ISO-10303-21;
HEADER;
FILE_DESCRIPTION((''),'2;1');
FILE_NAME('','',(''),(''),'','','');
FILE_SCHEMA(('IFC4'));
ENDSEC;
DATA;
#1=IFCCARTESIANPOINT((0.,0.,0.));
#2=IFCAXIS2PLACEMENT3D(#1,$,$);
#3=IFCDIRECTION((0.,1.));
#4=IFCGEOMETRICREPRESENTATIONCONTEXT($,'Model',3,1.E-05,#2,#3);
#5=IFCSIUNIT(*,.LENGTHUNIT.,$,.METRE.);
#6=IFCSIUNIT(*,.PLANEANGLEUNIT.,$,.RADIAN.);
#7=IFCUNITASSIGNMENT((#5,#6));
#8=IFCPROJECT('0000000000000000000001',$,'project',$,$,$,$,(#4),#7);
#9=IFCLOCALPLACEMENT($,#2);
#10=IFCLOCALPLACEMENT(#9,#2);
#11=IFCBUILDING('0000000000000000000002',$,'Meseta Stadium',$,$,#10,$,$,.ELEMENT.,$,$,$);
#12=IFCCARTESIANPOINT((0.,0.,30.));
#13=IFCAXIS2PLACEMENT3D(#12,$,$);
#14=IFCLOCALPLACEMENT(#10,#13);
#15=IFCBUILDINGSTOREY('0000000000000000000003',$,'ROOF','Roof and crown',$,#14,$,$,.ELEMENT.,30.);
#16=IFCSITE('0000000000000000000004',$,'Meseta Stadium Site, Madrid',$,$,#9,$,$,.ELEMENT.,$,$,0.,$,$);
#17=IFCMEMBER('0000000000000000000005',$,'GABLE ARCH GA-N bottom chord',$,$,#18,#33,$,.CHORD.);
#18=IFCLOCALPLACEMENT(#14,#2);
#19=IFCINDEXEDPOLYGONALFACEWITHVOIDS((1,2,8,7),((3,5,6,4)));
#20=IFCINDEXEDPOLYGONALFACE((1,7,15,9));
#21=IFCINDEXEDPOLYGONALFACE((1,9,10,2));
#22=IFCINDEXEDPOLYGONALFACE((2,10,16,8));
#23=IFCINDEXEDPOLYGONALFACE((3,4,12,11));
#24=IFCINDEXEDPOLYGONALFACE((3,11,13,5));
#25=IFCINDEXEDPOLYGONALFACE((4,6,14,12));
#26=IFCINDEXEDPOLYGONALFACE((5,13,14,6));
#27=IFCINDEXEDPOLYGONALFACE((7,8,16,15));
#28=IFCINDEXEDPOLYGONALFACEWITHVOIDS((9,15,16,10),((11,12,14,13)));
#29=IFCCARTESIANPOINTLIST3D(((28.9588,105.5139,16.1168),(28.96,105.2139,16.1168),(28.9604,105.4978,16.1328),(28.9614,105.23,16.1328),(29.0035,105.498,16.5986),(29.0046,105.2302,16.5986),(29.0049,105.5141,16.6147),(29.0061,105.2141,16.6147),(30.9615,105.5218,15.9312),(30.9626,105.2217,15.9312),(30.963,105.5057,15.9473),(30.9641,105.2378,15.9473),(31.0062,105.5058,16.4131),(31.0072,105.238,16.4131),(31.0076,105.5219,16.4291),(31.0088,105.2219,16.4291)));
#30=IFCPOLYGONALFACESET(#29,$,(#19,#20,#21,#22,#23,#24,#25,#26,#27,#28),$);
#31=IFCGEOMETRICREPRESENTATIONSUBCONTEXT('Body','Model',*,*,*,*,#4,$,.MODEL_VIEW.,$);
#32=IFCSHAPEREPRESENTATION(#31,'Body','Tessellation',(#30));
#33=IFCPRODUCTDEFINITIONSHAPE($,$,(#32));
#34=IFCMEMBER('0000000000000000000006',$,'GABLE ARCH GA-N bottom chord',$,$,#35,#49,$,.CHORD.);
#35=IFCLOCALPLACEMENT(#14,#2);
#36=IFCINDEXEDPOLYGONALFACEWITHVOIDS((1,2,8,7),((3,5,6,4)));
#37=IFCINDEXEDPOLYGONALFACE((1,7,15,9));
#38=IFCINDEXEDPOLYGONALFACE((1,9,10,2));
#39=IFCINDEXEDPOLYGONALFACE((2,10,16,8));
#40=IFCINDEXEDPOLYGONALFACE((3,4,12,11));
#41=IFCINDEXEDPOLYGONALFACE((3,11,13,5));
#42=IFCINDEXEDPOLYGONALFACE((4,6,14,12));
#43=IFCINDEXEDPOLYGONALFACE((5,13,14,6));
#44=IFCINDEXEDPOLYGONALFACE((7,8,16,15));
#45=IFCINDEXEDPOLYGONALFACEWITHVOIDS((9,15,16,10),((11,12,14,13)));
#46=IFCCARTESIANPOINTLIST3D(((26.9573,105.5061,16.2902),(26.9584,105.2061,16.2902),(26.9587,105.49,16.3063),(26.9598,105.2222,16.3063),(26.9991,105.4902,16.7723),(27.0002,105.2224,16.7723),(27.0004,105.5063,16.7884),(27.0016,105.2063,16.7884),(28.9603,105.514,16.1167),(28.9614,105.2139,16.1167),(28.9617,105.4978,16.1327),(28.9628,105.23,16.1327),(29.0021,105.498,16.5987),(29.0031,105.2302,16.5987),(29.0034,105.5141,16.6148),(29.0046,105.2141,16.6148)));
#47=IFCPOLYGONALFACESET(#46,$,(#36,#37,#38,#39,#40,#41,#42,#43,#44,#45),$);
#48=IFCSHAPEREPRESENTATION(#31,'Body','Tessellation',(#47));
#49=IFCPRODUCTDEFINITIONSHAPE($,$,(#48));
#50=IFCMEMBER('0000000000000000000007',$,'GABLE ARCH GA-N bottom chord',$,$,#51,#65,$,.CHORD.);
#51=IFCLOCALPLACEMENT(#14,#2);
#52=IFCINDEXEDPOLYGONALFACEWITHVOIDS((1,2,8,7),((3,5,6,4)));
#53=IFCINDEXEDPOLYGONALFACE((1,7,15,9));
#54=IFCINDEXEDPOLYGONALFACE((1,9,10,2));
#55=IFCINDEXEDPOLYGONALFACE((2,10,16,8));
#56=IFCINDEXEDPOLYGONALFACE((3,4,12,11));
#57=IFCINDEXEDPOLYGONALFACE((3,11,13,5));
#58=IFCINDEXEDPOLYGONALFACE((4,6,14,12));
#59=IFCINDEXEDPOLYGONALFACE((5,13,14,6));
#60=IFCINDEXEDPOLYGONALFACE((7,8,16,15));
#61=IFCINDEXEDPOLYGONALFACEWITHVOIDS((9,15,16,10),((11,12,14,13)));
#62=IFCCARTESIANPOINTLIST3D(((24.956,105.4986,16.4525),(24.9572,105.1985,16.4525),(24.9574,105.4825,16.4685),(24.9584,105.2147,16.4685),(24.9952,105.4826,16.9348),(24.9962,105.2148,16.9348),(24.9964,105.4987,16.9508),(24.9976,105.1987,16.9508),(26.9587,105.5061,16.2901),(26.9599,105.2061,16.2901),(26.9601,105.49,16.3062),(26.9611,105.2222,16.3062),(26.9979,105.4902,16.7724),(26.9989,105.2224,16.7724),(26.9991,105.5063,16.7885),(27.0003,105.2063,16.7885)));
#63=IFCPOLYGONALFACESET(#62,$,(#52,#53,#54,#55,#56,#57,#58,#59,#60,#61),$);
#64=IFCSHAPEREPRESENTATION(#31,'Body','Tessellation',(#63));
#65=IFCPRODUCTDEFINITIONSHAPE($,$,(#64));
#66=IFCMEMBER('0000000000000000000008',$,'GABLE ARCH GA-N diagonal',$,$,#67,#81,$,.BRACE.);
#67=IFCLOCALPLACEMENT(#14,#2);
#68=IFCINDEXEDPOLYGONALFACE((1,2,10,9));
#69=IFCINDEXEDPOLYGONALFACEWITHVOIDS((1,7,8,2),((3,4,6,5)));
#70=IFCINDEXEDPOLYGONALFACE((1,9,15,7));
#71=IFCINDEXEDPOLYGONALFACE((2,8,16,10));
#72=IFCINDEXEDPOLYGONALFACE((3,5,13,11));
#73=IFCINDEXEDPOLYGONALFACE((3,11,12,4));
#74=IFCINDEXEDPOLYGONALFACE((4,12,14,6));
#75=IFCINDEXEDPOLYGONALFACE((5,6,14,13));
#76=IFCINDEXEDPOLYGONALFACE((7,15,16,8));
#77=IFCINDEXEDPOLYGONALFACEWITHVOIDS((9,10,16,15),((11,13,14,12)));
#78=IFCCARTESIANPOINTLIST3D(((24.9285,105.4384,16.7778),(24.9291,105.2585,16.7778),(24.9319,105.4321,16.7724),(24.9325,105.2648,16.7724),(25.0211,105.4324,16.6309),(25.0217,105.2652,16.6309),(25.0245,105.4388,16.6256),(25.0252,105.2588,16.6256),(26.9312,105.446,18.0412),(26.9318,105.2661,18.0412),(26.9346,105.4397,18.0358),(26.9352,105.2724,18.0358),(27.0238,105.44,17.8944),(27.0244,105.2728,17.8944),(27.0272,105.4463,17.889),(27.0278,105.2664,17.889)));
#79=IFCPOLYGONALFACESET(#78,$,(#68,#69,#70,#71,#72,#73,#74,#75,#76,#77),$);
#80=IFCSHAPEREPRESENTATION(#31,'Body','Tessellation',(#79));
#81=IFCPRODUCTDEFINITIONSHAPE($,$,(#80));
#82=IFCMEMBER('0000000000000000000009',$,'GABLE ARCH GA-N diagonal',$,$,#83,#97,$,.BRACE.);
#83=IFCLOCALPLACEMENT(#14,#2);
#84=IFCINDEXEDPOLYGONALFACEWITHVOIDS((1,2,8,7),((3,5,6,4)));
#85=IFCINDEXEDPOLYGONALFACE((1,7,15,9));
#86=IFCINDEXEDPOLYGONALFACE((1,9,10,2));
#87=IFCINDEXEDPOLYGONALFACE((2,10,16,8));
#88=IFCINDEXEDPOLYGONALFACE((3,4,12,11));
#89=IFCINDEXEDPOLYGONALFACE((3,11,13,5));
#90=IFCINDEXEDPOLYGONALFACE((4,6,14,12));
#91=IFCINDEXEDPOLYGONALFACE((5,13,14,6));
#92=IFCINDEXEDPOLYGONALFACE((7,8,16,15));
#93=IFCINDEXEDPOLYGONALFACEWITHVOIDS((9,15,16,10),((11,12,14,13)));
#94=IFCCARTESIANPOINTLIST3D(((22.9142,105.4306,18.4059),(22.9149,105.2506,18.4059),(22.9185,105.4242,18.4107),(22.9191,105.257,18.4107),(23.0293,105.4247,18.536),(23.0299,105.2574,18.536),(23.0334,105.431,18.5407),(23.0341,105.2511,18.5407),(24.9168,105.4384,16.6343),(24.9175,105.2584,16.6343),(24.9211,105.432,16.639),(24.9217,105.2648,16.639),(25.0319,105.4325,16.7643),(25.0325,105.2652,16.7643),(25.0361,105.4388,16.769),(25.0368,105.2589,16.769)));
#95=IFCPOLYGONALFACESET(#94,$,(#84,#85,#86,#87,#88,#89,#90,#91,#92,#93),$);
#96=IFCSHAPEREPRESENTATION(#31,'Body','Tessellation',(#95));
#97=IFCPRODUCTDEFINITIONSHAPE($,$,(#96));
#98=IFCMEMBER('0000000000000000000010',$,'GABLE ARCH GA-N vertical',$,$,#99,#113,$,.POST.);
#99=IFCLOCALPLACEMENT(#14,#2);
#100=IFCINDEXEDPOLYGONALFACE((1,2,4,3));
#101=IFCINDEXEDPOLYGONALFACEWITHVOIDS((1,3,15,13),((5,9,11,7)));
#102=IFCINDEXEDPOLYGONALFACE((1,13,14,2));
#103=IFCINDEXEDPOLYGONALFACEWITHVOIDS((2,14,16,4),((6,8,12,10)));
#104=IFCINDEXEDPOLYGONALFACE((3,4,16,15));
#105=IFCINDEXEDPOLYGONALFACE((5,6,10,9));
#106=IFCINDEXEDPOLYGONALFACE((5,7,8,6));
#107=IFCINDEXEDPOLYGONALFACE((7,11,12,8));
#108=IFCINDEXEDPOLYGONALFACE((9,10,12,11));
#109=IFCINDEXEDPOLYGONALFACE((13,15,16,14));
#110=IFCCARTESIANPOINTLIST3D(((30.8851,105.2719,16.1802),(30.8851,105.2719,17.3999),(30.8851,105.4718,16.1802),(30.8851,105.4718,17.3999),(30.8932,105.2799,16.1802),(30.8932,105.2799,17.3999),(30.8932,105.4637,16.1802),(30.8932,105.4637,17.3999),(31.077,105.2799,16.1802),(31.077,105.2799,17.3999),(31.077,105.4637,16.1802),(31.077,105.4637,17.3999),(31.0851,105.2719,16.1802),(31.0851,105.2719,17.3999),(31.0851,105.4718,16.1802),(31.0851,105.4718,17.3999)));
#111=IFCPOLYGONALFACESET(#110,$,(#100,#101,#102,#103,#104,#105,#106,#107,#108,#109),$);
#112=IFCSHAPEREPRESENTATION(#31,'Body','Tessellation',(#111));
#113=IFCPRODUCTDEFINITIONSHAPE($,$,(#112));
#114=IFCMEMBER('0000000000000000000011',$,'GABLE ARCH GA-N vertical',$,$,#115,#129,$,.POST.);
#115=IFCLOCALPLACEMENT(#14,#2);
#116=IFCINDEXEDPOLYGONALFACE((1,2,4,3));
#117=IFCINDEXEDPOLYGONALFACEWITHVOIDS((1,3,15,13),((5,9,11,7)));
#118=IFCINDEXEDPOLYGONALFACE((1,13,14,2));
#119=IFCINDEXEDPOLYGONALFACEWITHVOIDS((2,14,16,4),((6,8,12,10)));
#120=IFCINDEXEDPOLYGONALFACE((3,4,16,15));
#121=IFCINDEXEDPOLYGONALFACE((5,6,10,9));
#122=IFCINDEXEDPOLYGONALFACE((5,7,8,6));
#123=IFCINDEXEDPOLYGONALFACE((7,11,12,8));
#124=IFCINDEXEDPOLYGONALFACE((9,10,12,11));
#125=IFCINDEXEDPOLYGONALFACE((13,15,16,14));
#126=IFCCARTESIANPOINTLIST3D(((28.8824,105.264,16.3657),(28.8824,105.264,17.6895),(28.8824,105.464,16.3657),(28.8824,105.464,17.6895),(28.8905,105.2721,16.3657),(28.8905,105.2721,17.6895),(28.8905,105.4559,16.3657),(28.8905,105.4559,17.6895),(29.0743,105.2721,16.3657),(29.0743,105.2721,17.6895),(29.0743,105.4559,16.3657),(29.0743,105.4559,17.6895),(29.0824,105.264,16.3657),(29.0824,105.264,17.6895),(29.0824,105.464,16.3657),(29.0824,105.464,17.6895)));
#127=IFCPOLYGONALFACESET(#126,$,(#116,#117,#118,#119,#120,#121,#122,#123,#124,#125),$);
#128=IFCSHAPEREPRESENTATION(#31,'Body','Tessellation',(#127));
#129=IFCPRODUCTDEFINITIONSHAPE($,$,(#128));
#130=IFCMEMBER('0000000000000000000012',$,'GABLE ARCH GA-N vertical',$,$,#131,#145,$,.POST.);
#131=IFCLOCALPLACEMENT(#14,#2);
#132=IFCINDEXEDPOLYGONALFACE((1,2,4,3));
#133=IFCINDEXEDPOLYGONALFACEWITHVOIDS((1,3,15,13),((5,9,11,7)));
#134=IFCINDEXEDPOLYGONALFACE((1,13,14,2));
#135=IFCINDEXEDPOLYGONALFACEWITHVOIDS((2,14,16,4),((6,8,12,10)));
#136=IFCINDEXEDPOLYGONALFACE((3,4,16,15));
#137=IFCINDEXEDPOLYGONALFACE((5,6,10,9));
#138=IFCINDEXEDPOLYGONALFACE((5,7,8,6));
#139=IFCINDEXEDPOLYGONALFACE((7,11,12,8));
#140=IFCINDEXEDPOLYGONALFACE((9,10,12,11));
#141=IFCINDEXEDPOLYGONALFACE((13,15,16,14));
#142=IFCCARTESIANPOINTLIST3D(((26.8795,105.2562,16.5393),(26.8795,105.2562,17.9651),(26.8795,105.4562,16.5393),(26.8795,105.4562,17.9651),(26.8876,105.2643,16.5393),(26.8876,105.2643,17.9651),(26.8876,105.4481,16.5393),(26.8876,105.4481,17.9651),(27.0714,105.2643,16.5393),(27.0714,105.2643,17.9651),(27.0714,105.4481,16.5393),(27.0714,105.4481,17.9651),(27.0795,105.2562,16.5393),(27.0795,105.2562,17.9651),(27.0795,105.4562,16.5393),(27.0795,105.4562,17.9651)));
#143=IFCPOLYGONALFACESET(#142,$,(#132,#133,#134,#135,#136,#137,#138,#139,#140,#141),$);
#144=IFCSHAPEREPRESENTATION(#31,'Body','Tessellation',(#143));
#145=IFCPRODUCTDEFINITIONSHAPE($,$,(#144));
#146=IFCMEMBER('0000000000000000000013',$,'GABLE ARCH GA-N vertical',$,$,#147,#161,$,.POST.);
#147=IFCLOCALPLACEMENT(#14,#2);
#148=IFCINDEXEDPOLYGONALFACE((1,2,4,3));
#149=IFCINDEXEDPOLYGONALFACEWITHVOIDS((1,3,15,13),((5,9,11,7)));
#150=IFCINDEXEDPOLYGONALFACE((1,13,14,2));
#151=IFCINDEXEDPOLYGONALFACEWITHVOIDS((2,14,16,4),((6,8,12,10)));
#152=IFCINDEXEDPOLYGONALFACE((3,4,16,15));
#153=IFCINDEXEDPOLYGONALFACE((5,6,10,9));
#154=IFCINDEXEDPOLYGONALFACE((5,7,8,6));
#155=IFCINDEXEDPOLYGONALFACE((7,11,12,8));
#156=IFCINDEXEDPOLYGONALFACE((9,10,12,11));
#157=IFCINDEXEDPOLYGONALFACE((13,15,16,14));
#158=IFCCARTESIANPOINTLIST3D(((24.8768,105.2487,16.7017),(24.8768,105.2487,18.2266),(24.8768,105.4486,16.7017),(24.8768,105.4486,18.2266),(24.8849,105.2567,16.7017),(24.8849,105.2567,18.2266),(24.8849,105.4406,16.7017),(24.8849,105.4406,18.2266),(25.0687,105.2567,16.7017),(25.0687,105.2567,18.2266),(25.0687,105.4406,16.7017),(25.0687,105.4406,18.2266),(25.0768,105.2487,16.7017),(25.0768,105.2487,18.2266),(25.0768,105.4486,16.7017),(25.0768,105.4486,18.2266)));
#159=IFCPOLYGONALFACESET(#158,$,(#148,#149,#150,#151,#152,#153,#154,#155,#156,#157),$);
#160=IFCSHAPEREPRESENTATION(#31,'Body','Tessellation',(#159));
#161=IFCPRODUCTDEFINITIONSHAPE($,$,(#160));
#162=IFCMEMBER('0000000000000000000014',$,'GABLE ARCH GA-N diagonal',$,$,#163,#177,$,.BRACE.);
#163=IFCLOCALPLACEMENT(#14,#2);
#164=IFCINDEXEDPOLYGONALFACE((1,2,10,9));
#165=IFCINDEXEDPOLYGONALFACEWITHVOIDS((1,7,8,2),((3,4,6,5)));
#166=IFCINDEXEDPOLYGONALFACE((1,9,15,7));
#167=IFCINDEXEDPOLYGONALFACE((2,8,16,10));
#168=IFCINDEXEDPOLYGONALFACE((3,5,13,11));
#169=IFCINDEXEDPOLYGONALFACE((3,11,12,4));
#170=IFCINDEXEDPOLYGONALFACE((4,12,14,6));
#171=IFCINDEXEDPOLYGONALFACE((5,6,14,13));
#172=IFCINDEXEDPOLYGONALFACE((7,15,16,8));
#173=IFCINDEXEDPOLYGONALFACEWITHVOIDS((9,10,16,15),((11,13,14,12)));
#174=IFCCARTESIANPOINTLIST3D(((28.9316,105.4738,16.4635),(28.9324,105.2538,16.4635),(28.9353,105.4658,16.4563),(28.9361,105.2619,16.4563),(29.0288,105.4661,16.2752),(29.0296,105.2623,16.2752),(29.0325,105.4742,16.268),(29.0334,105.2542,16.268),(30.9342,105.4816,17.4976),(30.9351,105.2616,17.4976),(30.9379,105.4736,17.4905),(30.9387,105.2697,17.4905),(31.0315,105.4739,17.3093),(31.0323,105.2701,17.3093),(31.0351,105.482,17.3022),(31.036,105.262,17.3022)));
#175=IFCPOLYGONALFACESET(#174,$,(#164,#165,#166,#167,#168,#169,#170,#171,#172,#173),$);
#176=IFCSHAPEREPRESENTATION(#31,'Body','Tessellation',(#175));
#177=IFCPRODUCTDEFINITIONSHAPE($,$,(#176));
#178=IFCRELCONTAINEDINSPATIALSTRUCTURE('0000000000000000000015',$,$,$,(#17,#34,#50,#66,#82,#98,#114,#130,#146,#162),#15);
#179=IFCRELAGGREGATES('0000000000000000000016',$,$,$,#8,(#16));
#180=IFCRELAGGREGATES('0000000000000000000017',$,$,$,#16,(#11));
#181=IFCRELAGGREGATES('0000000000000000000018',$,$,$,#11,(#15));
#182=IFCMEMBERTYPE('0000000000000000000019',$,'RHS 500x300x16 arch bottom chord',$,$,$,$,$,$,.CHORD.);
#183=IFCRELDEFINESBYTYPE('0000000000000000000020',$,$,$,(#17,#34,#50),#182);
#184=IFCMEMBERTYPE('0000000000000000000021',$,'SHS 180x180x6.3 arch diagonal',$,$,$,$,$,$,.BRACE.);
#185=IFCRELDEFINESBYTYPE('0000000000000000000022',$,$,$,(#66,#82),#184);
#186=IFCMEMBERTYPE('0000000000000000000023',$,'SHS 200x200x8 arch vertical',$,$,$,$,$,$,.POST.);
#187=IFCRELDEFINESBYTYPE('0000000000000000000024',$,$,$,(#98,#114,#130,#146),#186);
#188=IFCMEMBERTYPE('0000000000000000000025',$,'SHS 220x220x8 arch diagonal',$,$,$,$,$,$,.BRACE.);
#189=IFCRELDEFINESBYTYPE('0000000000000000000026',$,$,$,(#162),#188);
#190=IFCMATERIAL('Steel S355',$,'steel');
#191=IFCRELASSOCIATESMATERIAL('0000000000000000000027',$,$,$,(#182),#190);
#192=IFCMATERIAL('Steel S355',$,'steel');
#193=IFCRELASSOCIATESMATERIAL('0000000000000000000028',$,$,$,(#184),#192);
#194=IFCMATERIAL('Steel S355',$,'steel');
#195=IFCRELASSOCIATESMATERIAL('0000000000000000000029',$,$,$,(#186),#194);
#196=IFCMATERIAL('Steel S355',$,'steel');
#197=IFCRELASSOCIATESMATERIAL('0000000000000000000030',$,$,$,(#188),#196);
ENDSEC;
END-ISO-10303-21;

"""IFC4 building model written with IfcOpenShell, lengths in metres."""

from ifc_helpers import new_model, si_unit, direction, frame, origin, origin_2d, place, context, subcontext, project, spatial, hollow_rectangle, extrude, material, material_profile, profile_set, type_object, element, save


model = new_model("IFC4")

# Units and contexts
model_context = context("Model", 3, precision=1e-05, world=origin(), true_north=direction((0.0, 1.0)))
body_context = subcontext(model_context, "Body", "Model", "MODEL_VIEW")
ifc_project = project(units=[si_unit("LENGTHUNIT", "METRE"), si_unit("PLANEANGLEUNIT", "RADIAN")], contexts=[model_context])

# Site, building, storey
site_placement = place(None, origin())
site = spatial("IfcSite", under=ifc_project, at=site_placement, Name="Meseta Stadium Site, Madrid", CompositionType="ELEMENT", RefElevation=0.0)
building_placement = place(site_placement, origin())
building = spatial("IfcBuilding", under=site, at=building_placement, Name="Meseta Stadium", CompositionType="ELEMENT")
storey_placement = place(building_placement, frame((0.0, 0.0, 30.0)))
storey = spatial("IfcBuildingStorey", under=building, at=storey_placement, Name="ROOF", Description="Roof and crown", CompositionType="ELEMENT", Elevation=30.0)

# Members
ifc_material_1 = material(Name="Steel S355", Category="steel")
ifc_material_profile_1 = material_profile(ifc_material_1, hollow_rectangle(XDim=0.3, YDim=0.5, WallThickness=0.0161, at=origin_2d()), Name="RHS 500x300x16")
ifc_profile_set_1 = profile_set([ifc_material_profile_1], Name="Steel S355")
member_type_1 = type_object("IfcMemberType", Name="RHS 500x300x16 arch bottom chord", PredefinedType="CHORD", material=ifc_profile_set_1)
member_1_placement = place(storey_placement, frame((30.9851, 105.3718, 16.1802), z_axis=(-0.995728, -0.003884, 0.092253), x_axis=(0.003901, -0.999992, 0.0)))
element("IfcMember", 1, at=member_1_placement, inside=storey, type_object=member_type_1, Name="GABLE ARCH GA-N bottom chord", PredefinedType="CHORD", context=body_context, shape_type="SweptSolid", body=[
    extrude(hollow_rectangle(XDim=0.3, YDim=0.5, WallThickness=0.0161, at=origin_2d()), origin(), (0.0, 0.0, 1.0), 2.0112),
])
member_2_placement = place(storey_placement, frame((28.9824, 105.364, 16.3657), z_axis=(-0.996258, -0.003886, 0.086341), x_axis=(0.003901, -0.999992, 0.0)))
element("IfcMember", 2, at=member_2_placement, inside=storey, type_object=member_type_1, Name="GABLE ARCH GA-N bottom chord", PredefinedType="CHORD", context=body_context, shape_type="SweptSolid", body=[
    extrude(hollow_rectangle(XDim=0.3, YDim=0.5, WallThickness=0.0161, at=origin_2d()), origin(), (0.0, 0.0, 1.0), 2.0105),
])
member_3_placement = place(storey_placement, frame((26.9795, 105.3562, 16.5393), z_axis=(-0.996723, -0.003767, 0.080802), x_axis=(0.003779, -0.999993, 0.0)))
element("IfcMember", 3, at=member_3_placement, inside=storey, type_object=member_type_1, Name="GABLE ARCH GA-N bottom chord", PredefinedType="CHORD", context=body_context, shape_type="SweptSolid", body=[
    extrude(hollow_rectangle(XDim=0.3, YDim=0.5, WallThickness=0.0161, at=origin_2d()), origin(), (0.0, 0.0, 1.0), 2.0093),
])
ifc_material_2 = material(Name="Steel S355", Category="steel")
ifc_material_profile_2 = material_profile(ifc_material_2, hollow_rectangle(XDim=0.1799, YDim=0.1799, WallThickness=0.0063, at=origin_2d()), Name="SHS 180x180x6.3")
ifc_profile_set_2 = profile_set([ifc_material_profile_2], Name="Steel S355")
member_type_2 = type_object("IfcMemberType", Name="SHS 180x180x6.3 arch diagonal", PredefinedType="BRACE", material=ifc_profile_set_2)
member_4_placement = place(storey_placement, frame((26.9795, 105.3562, 17.9651), z_axis=(-0.845756, -0.003196, -0.53356), x_axis=(0.003779, -0.999993, 0.0)))
element("IfcMember", 4, at=member_4_placement, inside=storey, type_object=member_type_2, Name="GABLE ARCH GA-N diagonal", PredefinedType="BRACE", context=body_context, shape_type="SweptSolid", body=[
    extrude(hollow_rectangle(XDim=0.1799, YDim=0.1799, WallThickness=0.0063, at=origin_2d()), origin(), (0.0, 0.0, 1.0), 2.3679),
])
member_5_placement = place(storey_placement, frame((24.9768, 105.3486, 16.7017), z_axis=(-0.748971, -0.002922, 0.662597), x_axis=(0.003901, -0.999992, 0.0)))
element("IfcMember", 5, at=member_5_placement, inside=storey, type_object=member_type_2, Name="GABLE ARCH GA-N diagonal", PredefinedType="BRACE", context=body_context, shape_type="SweptSolid", body=[
    extrude(hollow_rectangle(XDim=0.1799, YDim=0.1799, WallThickness=0.0063, at=origin_2d()), origin(), (0.0, 0.0, 1.0), 2.6738),
])
ifc_material_3 = material(Name="Steel S355", Category="steel")
ifc_material_profile_3 = material_profile(ifc_material_3, hollow_rectangle(XDim=0.2, YDim=0.2, WallThickness=0.0081, at=origin_2d()), Name="SHS 200x200x8")
ifc_profile_set_3 = profile_set([ifc_material_profile_3], Name="Steel S355")
member_type_3 = type_object("IfcMemberType", Name="SHS 200x200x8 arch vertical", PredefinedType="POST", material=ifc_profile_set_3)
member_6_placement = place(storey_placement, frame((30.9851, 105.3718, 16.1802), z_axis=(0.0, 0.0, 1.0), x_axis=(1.0, 0.0, 0.0)))
element("IfcMember", 6, at=member_6_placement, inside=storey, type_object=member_type_3, Name="GABLE ARCH GA-N vertical", PredefinedType="POST", context=body_context, shape_type="SweptSolid", body=[
    extrude(hollow_rectangle(XDim=0.2, YDim=0.2, WallThickness=0.0081, at=origin_2d()), origin(), (0.0, 0.0, 1.0), 1.2197),
])
member_7_placement = place(storey_placement, frame((28.9824, 105.364, 16.3657), z_axis=(0.0, 0.0, 1.0), x_axis=(1.0, 0.0, 0.0)))
element("IfcMember", 7, at=member_7_placement, inside=storey, type_object=member_type_3, Name="GABLE ARCH GA-N vertical", PredefinedType="POST", context=body_context, shape_type="SweptSolid", body=[
    extrude(hollow_rectangle(XDim=0.2, YDim=0.2, WallThickness=0.0081, at=origin_2d()), origin(), (0.0, 0.0, 1.0), 1.3237),
])
member_8_placement = place(storey_placement, frame((26.9795, 105.3562, 16.5393), z_axis=(0.0, 0.0, 1.0), x_axis=(1.0, 0.0, 0.0)))
element("IfcMember", 8, at=member_8_placement, inside=storey, type_object=member_type_3, Name="GABLE ARCH GA-N vertical", PredefinedType="POST", context=body_context, shape_type="SweptSolid", body=[
    extrude(hollow_rectangle(XDim=0.2, YDim=0.2, WallThickness=0.0081, at=origin_2d()), origin(), (0.0, 0.0, 1.0), 1.4258),
])
member_9_placement = place(storey_placement, frame((24.9768, 105.3486, 16.7017), z_axis=(0.0, 0.0, 1.0), x_axis=(1.0, 0.0, 0.0)))
element("IfcMember", 9, at=member_9_placement, inside=storey, type_object=member_type_3, Name="GABLE ARCH GA-N vertical", PredefinedType="POST", context=body_context, shape_type="SweptSolid", body=[
    extrude(hollow_rectangle(XDim=0.2, YDim=0.2, WallThickness=0.0081, at=origin_2d()), origin(), (0.0, 0.0, 1.0), 1.5249),
])
ifc_material_4 = material(Name="Steel S355", Category="steel")
ifc_material_profile_4 = material_profile(ifc_material_4, hollow_rectangle(XDim=0.22, YDim=0.22, WallThickness=0.0081, at=origin_2d()), Name="SHS 220x220x8")
ifc_profile_set_4 = profile_set([ifc_material_profile_4], Name="Steel S355")
member_type_4 = type_object("IfcMemberType", Name="SHS 220x220x8 arch diagonal", PredefinedType="BRACE", material=ifc_profile_set_4)
member_10_placement = place(storey_placement, frame((30.9851, 105.3718, 17.3999), z_axis=(-0.888518, -0.003466, -0.458828), x_axis=(0.003901, -0.999992, 0.0)))
element("IfcMember", 10, at=member_10_placement, inside=storey, type_object=member_type_4, Name="GABLE ARCH GA-N diagonal", PredefinedType="BRACE", context=body_context, shape_type="SweptSolid", body=[
    extrude(hollow_rectangle(XDim=0.22, YDim=0.22, WallThickness=0.0081, at=origin_2d()), origin(), (0.0, 0.0, 1.0), 2.2539),
])

save(model, "model.ifc")
